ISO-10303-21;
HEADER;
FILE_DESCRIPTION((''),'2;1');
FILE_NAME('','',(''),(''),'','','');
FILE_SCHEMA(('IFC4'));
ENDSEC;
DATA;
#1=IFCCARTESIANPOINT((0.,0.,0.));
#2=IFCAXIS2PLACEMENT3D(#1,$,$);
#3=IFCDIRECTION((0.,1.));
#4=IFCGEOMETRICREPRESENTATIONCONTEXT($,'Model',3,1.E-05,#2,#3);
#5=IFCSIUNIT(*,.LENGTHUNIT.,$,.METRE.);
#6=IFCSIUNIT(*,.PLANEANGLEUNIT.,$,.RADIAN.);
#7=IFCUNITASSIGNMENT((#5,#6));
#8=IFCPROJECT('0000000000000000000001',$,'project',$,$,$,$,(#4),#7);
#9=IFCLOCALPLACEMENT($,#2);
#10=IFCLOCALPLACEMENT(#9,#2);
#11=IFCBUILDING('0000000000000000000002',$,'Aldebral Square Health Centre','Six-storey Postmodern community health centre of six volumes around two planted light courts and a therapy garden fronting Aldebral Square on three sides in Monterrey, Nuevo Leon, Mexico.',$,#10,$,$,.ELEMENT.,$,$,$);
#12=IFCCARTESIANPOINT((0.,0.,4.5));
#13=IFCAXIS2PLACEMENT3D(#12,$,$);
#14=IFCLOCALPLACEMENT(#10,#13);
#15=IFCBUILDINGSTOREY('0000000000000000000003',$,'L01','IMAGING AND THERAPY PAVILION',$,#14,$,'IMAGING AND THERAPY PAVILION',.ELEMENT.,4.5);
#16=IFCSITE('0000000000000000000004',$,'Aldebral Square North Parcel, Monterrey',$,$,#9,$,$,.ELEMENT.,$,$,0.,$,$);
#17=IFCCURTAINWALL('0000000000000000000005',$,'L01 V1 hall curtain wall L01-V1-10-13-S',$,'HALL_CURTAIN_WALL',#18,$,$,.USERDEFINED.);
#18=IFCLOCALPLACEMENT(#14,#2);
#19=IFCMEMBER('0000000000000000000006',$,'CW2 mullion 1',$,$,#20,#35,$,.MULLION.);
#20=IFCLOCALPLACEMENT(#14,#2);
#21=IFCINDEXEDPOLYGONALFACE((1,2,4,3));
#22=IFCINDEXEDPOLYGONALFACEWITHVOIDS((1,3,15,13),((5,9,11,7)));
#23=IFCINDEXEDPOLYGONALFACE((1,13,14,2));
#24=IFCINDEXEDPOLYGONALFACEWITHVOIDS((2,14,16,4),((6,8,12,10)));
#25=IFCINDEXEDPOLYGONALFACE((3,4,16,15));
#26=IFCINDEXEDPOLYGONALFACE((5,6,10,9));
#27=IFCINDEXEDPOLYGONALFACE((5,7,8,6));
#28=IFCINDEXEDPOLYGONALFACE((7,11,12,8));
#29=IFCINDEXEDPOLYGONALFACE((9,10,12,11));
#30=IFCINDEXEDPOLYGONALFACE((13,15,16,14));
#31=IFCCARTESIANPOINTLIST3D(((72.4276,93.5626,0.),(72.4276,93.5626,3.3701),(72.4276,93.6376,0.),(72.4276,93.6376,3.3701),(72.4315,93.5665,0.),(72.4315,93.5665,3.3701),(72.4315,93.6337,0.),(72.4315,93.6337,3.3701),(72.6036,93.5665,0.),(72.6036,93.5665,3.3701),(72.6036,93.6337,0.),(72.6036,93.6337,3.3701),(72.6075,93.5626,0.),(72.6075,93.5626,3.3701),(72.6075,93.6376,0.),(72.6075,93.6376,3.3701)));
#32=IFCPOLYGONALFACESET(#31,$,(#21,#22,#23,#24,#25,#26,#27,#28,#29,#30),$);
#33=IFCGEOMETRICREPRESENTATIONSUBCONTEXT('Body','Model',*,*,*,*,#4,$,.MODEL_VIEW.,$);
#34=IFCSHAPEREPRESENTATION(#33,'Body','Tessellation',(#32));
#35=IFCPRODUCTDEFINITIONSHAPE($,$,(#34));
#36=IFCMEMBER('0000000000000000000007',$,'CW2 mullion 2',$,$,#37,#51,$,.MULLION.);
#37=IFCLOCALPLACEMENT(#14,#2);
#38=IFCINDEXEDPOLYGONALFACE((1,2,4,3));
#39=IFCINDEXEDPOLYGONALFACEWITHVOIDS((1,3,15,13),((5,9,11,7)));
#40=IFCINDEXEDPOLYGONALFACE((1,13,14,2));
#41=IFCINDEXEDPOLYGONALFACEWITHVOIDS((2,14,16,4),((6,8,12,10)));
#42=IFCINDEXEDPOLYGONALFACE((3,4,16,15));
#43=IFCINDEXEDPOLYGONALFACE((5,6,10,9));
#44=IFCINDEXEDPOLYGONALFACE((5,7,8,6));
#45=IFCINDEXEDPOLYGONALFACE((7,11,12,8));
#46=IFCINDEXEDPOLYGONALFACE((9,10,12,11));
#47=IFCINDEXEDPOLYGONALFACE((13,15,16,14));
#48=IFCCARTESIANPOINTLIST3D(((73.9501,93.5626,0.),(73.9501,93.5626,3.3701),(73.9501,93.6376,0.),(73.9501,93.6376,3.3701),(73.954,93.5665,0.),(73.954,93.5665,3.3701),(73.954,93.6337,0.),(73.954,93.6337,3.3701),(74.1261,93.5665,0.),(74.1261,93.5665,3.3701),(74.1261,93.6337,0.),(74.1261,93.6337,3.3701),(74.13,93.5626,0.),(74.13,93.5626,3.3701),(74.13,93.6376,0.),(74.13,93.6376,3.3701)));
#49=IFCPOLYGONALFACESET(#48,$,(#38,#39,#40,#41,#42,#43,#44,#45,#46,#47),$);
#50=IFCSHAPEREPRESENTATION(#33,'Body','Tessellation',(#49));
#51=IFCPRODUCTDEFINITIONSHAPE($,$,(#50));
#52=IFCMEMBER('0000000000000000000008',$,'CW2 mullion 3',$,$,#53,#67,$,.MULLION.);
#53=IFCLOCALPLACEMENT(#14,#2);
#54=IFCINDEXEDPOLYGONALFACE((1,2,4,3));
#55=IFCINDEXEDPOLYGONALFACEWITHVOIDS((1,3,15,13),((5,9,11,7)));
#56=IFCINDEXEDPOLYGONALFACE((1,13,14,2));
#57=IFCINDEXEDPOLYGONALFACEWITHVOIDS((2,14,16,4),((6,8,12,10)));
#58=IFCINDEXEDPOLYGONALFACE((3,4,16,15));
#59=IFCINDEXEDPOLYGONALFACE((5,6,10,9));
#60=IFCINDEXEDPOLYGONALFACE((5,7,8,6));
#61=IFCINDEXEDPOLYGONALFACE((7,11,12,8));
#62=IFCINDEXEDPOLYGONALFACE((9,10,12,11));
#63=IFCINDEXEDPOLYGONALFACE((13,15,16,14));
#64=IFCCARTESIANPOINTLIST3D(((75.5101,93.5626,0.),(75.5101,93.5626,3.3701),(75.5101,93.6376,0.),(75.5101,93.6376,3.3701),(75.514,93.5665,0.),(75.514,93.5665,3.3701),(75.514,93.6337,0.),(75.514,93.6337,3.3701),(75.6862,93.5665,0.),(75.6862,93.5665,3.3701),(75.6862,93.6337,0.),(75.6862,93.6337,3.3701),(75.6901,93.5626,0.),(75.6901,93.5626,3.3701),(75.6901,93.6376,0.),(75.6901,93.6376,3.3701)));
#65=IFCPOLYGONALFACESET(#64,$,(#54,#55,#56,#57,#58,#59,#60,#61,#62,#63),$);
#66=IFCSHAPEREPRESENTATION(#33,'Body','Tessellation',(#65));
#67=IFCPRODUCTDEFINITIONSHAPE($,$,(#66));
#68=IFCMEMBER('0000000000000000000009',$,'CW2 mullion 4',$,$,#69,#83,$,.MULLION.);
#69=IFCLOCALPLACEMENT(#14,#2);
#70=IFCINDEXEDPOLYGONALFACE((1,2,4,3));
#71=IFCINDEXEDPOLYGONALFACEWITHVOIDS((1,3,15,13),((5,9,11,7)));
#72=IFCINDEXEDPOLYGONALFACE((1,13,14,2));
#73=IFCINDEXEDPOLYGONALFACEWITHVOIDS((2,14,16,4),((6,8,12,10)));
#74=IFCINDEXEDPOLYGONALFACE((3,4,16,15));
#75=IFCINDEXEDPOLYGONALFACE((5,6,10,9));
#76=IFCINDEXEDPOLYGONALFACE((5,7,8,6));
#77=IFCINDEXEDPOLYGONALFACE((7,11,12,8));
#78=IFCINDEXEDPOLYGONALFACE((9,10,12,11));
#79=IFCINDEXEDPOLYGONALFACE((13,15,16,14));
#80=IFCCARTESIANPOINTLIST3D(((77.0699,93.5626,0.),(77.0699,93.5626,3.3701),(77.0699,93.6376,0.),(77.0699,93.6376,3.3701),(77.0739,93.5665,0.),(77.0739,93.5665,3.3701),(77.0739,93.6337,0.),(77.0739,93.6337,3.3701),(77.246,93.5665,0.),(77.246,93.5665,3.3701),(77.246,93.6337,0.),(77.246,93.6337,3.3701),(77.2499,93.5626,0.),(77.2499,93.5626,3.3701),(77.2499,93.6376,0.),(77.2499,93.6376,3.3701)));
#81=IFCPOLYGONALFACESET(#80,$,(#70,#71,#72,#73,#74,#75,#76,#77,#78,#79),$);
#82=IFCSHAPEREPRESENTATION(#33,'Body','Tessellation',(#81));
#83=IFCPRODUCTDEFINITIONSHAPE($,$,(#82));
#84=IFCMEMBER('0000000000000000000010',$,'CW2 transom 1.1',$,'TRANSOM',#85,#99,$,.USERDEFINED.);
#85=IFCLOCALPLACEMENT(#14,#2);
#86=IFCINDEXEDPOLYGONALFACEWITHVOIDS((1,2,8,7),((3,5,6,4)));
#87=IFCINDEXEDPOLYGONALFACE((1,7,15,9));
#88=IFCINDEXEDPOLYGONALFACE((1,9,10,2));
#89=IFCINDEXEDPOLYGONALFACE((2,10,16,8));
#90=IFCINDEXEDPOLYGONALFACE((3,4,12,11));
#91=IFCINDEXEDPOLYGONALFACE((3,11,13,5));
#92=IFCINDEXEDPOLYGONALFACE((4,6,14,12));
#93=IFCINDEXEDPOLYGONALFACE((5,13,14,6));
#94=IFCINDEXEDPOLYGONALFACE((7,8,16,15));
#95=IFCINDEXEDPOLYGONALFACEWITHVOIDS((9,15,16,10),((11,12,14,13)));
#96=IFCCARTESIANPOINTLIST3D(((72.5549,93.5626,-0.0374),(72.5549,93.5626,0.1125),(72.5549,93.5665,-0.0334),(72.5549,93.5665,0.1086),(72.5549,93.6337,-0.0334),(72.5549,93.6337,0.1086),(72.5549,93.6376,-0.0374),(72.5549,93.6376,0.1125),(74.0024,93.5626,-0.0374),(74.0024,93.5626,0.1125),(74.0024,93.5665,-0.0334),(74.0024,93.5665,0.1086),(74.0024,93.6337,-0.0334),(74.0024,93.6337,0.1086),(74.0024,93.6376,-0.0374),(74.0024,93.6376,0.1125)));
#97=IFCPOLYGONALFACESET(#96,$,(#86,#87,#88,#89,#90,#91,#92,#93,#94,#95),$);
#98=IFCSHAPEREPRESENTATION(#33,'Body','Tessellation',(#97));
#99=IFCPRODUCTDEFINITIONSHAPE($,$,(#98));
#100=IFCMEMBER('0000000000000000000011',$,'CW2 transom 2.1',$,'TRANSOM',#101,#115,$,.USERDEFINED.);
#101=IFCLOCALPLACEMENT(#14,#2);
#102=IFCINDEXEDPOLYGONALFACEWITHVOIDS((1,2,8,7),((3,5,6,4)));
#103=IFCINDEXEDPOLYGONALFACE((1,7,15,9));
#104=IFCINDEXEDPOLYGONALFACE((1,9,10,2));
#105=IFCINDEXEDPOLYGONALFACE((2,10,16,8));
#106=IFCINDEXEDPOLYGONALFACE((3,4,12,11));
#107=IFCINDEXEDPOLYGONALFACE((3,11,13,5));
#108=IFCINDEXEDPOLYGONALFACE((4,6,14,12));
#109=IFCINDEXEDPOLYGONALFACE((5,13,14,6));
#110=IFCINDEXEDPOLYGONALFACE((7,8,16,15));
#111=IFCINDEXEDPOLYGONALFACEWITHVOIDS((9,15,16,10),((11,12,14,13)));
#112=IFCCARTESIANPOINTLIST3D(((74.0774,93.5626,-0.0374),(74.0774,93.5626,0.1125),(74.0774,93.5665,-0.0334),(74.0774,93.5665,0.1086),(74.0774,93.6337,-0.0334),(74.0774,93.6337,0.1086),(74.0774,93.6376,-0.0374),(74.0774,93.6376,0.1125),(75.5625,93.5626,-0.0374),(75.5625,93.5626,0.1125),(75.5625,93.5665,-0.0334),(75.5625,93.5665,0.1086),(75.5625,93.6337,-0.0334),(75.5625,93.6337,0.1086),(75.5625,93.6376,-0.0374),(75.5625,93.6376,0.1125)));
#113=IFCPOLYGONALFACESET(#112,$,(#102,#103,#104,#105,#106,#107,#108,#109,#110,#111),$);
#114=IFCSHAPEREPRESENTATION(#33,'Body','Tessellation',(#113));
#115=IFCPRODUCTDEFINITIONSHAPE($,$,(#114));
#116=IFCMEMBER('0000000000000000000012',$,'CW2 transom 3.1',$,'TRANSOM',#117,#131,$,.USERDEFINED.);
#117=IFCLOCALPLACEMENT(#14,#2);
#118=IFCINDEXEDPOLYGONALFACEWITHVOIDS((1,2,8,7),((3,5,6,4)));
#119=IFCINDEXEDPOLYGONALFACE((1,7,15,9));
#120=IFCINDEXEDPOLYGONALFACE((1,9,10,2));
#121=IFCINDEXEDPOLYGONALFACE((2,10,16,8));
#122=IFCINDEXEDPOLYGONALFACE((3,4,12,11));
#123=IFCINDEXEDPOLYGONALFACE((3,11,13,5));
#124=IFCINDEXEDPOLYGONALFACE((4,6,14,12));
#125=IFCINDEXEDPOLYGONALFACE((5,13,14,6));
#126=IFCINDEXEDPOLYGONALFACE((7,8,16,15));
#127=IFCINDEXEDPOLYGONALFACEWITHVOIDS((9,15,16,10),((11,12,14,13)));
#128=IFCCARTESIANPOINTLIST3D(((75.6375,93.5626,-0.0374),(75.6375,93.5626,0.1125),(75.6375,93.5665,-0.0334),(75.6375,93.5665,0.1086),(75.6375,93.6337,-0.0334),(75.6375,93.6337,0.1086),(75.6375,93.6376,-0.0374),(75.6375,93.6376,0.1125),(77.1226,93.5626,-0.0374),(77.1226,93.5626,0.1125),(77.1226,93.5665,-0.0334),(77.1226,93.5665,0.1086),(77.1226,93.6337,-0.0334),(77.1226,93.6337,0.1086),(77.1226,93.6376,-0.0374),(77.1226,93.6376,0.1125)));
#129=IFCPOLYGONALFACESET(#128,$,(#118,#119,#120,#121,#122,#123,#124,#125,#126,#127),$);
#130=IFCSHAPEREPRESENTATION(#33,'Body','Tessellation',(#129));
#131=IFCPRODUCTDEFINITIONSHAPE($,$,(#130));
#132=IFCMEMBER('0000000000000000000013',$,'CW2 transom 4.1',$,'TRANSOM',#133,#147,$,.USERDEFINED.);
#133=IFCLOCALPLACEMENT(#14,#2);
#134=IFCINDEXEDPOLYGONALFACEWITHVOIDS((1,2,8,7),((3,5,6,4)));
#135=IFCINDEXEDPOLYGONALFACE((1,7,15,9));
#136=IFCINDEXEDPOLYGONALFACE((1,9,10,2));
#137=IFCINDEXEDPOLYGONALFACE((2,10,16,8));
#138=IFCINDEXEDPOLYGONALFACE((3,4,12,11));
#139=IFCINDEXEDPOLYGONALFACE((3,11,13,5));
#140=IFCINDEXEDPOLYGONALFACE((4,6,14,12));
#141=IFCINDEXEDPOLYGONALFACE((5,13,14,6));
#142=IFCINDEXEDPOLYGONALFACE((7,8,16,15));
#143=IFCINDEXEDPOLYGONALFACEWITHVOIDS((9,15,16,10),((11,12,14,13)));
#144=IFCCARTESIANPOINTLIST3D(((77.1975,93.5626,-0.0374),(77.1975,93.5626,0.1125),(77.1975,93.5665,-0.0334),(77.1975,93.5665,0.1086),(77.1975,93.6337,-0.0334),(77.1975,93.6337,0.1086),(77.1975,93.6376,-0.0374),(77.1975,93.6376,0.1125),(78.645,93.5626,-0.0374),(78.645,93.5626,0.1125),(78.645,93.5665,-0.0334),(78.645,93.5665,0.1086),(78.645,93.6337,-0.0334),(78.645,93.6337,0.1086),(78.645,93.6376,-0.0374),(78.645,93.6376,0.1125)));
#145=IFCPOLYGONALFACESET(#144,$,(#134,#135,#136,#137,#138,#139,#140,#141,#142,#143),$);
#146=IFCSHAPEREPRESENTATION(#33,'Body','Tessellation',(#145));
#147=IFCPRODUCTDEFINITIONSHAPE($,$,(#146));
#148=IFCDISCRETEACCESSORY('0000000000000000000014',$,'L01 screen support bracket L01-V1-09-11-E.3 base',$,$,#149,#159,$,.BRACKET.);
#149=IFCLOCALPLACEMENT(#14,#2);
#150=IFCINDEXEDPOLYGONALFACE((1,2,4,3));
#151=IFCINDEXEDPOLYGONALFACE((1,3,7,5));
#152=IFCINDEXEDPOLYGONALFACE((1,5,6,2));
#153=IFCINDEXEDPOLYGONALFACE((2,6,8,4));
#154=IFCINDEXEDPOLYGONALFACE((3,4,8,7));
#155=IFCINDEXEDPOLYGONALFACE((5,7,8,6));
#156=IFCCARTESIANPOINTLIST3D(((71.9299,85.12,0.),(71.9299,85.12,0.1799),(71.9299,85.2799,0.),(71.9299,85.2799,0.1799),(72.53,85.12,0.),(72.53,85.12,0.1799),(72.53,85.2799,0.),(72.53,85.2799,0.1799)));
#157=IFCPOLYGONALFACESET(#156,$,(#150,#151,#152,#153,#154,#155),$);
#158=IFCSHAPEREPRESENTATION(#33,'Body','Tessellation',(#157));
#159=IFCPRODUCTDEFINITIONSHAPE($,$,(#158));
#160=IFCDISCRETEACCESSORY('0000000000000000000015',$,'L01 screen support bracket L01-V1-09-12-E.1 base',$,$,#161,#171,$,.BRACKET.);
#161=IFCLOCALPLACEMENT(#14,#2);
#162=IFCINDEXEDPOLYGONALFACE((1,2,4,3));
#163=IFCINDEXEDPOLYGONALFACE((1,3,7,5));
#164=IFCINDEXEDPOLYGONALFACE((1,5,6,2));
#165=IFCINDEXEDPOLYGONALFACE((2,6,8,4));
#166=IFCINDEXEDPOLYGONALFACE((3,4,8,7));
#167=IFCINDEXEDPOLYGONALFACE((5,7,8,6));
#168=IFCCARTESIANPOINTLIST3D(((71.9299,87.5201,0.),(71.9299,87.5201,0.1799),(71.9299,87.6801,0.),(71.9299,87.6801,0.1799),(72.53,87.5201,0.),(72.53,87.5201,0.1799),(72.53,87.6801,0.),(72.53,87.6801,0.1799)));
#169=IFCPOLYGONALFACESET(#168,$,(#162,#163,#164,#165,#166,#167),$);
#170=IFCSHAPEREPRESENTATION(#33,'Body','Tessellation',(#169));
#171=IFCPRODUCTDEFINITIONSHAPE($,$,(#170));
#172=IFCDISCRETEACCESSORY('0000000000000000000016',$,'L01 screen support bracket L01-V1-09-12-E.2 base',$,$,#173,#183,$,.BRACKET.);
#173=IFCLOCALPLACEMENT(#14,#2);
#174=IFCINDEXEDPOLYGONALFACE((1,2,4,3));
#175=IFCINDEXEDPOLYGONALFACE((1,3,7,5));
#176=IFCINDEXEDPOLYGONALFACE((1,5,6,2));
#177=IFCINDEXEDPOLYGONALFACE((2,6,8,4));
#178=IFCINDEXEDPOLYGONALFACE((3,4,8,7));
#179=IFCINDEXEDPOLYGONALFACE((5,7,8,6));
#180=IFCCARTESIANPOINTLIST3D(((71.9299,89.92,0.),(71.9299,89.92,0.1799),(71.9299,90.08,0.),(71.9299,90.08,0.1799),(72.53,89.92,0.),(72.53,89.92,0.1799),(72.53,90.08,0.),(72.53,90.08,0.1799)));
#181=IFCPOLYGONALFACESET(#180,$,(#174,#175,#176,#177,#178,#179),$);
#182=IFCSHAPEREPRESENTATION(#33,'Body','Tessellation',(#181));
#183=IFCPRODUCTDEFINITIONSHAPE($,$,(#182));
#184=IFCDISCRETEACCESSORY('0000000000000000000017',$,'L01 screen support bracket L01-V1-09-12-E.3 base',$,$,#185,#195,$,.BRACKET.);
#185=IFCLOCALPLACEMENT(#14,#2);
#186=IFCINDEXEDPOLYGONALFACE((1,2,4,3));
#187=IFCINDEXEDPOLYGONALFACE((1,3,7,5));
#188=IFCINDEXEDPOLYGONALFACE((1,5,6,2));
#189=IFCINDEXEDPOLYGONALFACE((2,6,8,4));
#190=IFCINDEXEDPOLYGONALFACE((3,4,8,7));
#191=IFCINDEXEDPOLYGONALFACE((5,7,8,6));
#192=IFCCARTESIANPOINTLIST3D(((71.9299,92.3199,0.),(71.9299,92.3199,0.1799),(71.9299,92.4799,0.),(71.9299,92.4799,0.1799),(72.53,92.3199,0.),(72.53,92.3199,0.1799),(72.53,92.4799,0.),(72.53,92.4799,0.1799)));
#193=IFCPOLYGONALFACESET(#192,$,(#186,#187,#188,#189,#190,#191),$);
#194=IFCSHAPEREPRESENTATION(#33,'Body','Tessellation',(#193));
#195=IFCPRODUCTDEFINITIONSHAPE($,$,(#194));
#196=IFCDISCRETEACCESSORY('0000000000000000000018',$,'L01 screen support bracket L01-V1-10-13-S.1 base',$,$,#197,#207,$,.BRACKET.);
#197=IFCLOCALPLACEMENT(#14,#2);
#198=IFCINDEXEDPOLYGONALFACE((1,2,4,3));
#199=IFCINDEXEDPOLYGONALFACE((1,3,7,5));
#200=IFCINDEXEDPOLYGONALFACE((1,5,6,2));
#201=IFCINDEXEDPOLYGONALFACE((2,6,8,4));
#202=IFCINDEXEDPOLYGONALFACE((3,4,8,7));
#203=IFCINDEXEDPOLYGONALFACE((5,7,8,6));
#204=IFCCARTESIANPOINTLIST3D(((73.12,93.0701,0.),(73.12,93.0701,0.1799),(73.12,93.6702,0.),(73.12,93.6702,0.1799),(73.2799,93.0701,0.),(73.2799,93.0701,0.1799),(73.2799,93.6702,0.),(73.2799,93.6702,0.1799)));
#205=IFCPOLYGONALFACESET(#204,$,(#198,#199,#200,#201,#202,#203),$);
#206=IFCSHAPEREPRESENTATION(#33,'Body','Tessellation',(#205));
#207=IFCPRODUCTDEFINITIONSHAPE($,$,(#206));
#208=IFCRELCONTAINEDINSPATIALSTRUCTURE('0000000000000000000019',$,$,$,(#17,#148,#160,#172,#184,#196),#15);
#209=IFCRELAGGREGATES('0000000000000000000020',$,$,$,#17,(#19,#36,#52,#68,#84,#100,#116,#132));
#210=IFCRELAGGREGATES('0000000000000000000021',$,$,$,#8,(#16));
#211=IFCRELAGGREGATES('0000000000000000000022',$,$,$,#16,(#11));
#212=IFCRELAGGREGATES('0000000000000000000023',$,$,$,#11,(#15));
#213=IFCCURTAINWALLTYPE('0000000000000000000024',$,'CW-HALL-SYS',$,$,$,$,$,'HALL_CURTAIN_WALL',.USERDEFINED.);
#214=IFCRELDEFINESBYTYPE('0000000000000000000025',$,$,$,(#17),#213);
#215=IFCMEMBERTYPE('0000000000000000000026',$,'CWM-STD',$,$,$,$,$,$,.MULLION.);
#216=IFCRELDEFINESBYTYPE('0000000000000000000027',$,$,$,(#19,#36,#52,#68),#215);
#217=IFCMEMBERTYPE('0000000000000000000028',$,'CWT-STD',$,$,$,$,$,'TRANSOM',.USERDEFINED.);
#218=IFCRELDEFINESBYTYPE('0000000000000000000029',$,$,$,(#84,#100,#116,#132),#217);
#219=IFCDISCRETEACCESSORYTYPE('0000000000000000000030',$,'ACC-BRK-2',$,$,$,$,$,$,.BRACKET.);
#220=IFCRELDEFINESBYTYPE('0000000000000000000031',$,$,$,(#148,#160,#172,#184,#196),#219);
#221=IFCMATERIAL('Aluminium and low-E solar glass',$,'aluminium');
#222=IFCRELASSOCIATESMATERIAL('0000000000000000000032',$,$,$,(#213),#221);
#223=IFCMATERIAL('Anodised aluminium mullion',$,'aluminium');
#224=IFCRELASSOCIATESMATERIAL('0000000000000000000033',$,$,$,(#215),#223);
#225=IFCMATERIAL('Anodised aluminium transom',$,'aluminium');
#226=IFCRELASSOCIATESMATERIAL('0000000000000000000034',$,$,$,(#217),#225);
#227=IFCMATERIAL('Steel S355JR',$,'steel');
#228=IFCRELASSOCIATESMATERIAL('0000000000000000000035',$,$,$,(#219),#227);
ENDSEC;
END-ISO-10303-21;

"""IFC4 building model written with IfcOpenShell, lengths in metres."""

from ifc_helpers import new_model, si_unit, direction, frame, origin, origin_2d, place, context, subcontext, project, spatial, rectangle, hollow_rectangle, extrude, material, material_profile, profile_set, type_object, element, aggregate, save


model = new_model("IFC4")

# Units and contexts
model_context = context("Model", 3, precision=1e-05, world=origin(), true_north=direction((0.0, 1.0)))
body_context = subcontext(model_context, "Body", "Model", "MODEL_VIEW")
ifc_project = project(units=[si_unit("LENGTHUNIT", "METRE"), si_unit("PLANEANGLEUNIT", "RADIAN")], contexts=[model_context])

# Site, building, storey
site_placement = place(None, origin())
site = spatial("IfcSite", under=ifc_project, at=site_placement, Name="Aldebral Square North Parcel, Monterrey", CompositionType="ELEMENT", RefElevation=0.0)
building_placement = place(site_placement, origin())
building = spatial("IfcBuilding", under=site, at=building_placement, Name="Aldebral Square Health Centre", Description="Six-storey Postmodern community health centre of six volumes around two planted light courts and a therapy garden fronting Aldebral Square on three sides in Monterrey, Nuevo Leon, Mexico.", CompositionType="ELEMENT")
storey_placement = place(building_placement, frame((0.0, 0.0, 4.5)))
storey = spatial("IfcBuildingStorey", under=building, at=storey_placement, Name="L01", Description="IMAGING AND THERAPY PAVILION", LongName="IMAGING AND THERAPY PAVILION", CompositionType="ELEMENT", Elevation=4.5)

# Curtain wall, members
ifc_material_1 = material(Name="Aluminium and low-E solar glass", Category="aluminium")
curtain_wall_type = type_object("IfcCurtainWallType", Name="CW-HALL-SYS", ElementType="HALL_CURTAIN_WALL", PredefinedType="USERDEFINED", material=ifc_material_1)
curtain_wall_placement = place(storey_placement, origin())
curtain_wall = element("IfcCurtainWall", 1, at=curtain_wall_placement, inside=storey, type_object=curtain_wall_type, Name="L01 V1 hall curtain wall L01-V1-10-13-S", ObjectType="HALL_CURTAIN_WALL", PredefinedType="USERDEFINED")
ifc_material_2 = material(Name="Anodised aluminium mullion", Category="aluminium")
ifc_material_profile_1 = material_profile(ifc_material_2, hollow_rectangle(XDim=0.075, YDim=0.1799, WallThickness=0.0039, at=origin_2d()), Name="CWM 75x180x4")
ifc_profile_set_1 = profile_set([ifc_material_profile_1], Name="Anodised aluminium mullion")
member_type_1 = type_object("IfcMemberType", Name="CWM-STD", PredefinedType="MULLION", material=ifc_profile_set_1)
member_1_placement = place(storey_placement, frame((72.5176, 93.6001, 0.0), z_axis=(0.0, 0.0, 1.0), x_axis=(0.0, 1.0, 0.0)))
member_1 = element("IfcMember", 2, at=member_1_placement, type_object=member_type_1, Name="CW2 mullion 1", PredefinedType="MULLION", context=body_context, shape_type="SweptSolid", body=[
    extrude(hollow_rectangle(XDim=0.075, YDim=0.1799, WallThickness=0.0039, at=origin_2d()), origin(), (0.0, 0.0, 1.0), 3.3701),
])
member_2_placement = place(storey_placement, frame((74.04, 93.6001, 0.0), z_axis=(0.0, 0.0, 1.0), x_axis=(0.0, 1.0, 0.0)))
member_2 = element("IfcMember", 3, at=member_2_placement, type_object=member_type_1, Name="CW2 mullion 2", PredefinedType="MULLION", context=body_context, shape_type="SweptSolid", body=[
    extrude(hollow_rectangle(XDim=0.075, YDim=0.1799, WallThickness=0.0039, at=origin_2d()), origin(), (0.0, 0.0, 1.0), 3.3701),
])
member_3_placement = place(storey_placement, frame((75.6001, 93.6001, 0.0), z_axis=(0.0, 0.0, 1.0), x_axis=(0.0, 1.0, 0.0)))
member_3 = element("IfcMember", 4, at=member_3_placement, type_object=member_type_1, Name="CW2 mullion 3", PredefinedType="MULLION", context=body_context, shape_type="SweptSolid", body=[
    extrude(hollow_rectangle(XDim=0.075, YDim=0.1799, WallThickness=0.0039, at=origin_2d()), origin(), (0.0, 0.0, 1.0), 3.3701),
])
member_4_placement = place(storey_placement, frame((77.1599, 93.6001, 0.0), z_axis=(0.0, 0.0, 1.0), x_axis=(0.0, 1.0, 0.0)))
member_4 = element("IfcMember", 5, at=member_4_placement, type_object=member_type_1, Name="CW2 mullion 4", PredefinedType="MULLION", context=body_context, shape_type="SweptSolid", body=[
    extrude(hollow_rectangle(XDim=0.075, YDim=0.1799, WallThickness=0.0039, at=origin_2d()), origin(), (0.0, 0.0, 1.0), 3.3701),
])
ifc_material_3 = material(Name="Anodised aluminium transom", Category="aluminium")
ifc_material_profile_2 = material_profile(ifc_material_3, hollow_rectangle(XDim=0.075, YDim=0.1499, WallThickness=0.0039, at=origin_2d()), Name="CWT 75x150x4")
ifc_profile_set_2 = profile_set([ifc_material_profile_2], Name="Anodised aluminium transom")
member_type_2 = type_object("IfcMemberType", Name="CWT-STD", ElementType="TRANSOM", PredefinedType="USERDEFINED", material=ifc_profile_set_2)
member_5_placement = place(storey_placement, frame((72.5549, 93.6001, 0.0376), z_axis=(1.0, 0.0, 0.0), x_axis=(0.0, 1.0, 0.0)))
member_5 = element("IfcMember", 6, at=member_5_placement, type_object=member_type_2, Name="CW2 transom 1.1", ObjectType="TRANSOM", PredefinedType="USERDEFINED", context=body_context, shape_type="SweptSolid", body=[
    extrude(hollow_rectangle(XDim=0.075, YDim=0.1499, WallThickness=0.0039, at=origin_2d()), origin(), (0.0, 0.0, 1.0), 1.4475),
])
member_6_placement = place(storey_placement, frame((74.0774, 93.6001, 0.0376), z_axis=(1.0, 0.0, 0.0), x_axis=(0.0, 1.0, 0.0)))
member_6 = element("IfcMember", 7, at=member_6_placement, type_object=member_type_2, Name="CW2 transom 2.1", ObjectType="TRANSOM", PredefinedType="USERDEFINED", context=body_context, shape_type="SweptSolid", body=[
    extrude(hollow_rectangle(XDim=0.075, YDim=0.1499, WallThickness=0.0039, at=origin_2d()), origin(), (0.0, 0.0, 1.0), 1.4851),
])
member_7_placement = place(storey_placement, frame((75.6375, 93.6001, 0.0376), z_axis=(1.0, 0.0, 0.0), x_axis=(0.0, 1.0, 0.0)))
member_7 = element("IfcMember", 8, at=member_7_placement, type_object=member_type_2, Name="CW2 transom 3.1", ObjectType="TRANSOM", PredefinedType="USERDEFINED", context=body_context, shape_type="SweptSolid", body=[
    extrude(hollow_rectangle(XDim=0.075, YDim=0.1499, WallThickness=0.0039, at=origin_2d()), origin(), (0.0, 0.0, 1.0), 1.4851),
])
member_8_placement = place(storey_placement, frame((77.1975, 93.6001, 0.0376), z_axis=(1.0, 0.0, 0.0), x_axis=(0.0, 1.0, 0.0)))
member_8 = element("IfcMember", 9, at=member_8_placement, type_object=member_type_2, Name="CW2 transom 4.1", ObjectType="TRANSOM", PredefinedType="USERDEFINED", context=body_context, shape_type="SweptSolid", body=[
    extrude(hollow_rectangle(XDim=0.075, YDim=0.1499, WallThickness=0.0039, at=origin_2d()), origin(), (0.0, 0.0, 1.0), 1.4475),
])
aggregate(curtain_wall, [member_1, member_2, member_3, member_4, member_5, member_6, member_7, member_8])

# Discrete accessories
ifc_material_4 = material(Name="Steel S355JR", Category="steel")
discrete_accessory_type = type_object("IfcDiscreteAccessoryType", Name="ACC-BRK-2", PredefinedType="BRACKET", material=ifc_material_4)
for number, where, z_axis, x_axis, name in (
    (10, (72.23, 85.2, 0.0), (0.0, 0.0, 1.0), (0.0, 1.0, 0.0), "L01 screen support bracket L01-V1-09-11-E.3 base"),
    (11, (72.23, 87.6001, 0.0), (0.0, 0.0, 1.0), (0.0, 1.0, 0.0), "L01 screen support bracket L01-V1-09-12-E.1 base"),
    (12, (72.23, 90.0, 0.0), (0.0, 0.0, 1.0), (0.0, 1.0, 0.0), "L01 screen support bracket L01-V1-09-12-E.2 base"),
    (13, (72.23, 92.3999, 0.0), (0.0, 0.0, 1.0), (0.0, 1.0, 0.0), "L01 screen support bracket L01-V1-09-12-E.3 base"),
    (14, (73.2, 93.3701, 0.0), (0.0, 0.0, 1.0), (1.0, 0.0, 0.0), "L01 screen support bracket L01-V1-10-13-S.1 base"),
):
    element("IfcDiscreteAccessory", number, at=place(storey_placement, frame(where, z_axis=z_axis, x_axis=x_axis)), inside=storey, type_object=discrete_accessory_type, Name=name, PredefinedType="BRACKET", context=body_context, shape_type="SweptSolid", body=[
        extrude(rectangle(XDim=0.1599, YDim=0.6001, at=origin_2d()), origin(), (0.0, 0.0, 1.0), 0.1799),
    ])

save(model, "model.ifc")
